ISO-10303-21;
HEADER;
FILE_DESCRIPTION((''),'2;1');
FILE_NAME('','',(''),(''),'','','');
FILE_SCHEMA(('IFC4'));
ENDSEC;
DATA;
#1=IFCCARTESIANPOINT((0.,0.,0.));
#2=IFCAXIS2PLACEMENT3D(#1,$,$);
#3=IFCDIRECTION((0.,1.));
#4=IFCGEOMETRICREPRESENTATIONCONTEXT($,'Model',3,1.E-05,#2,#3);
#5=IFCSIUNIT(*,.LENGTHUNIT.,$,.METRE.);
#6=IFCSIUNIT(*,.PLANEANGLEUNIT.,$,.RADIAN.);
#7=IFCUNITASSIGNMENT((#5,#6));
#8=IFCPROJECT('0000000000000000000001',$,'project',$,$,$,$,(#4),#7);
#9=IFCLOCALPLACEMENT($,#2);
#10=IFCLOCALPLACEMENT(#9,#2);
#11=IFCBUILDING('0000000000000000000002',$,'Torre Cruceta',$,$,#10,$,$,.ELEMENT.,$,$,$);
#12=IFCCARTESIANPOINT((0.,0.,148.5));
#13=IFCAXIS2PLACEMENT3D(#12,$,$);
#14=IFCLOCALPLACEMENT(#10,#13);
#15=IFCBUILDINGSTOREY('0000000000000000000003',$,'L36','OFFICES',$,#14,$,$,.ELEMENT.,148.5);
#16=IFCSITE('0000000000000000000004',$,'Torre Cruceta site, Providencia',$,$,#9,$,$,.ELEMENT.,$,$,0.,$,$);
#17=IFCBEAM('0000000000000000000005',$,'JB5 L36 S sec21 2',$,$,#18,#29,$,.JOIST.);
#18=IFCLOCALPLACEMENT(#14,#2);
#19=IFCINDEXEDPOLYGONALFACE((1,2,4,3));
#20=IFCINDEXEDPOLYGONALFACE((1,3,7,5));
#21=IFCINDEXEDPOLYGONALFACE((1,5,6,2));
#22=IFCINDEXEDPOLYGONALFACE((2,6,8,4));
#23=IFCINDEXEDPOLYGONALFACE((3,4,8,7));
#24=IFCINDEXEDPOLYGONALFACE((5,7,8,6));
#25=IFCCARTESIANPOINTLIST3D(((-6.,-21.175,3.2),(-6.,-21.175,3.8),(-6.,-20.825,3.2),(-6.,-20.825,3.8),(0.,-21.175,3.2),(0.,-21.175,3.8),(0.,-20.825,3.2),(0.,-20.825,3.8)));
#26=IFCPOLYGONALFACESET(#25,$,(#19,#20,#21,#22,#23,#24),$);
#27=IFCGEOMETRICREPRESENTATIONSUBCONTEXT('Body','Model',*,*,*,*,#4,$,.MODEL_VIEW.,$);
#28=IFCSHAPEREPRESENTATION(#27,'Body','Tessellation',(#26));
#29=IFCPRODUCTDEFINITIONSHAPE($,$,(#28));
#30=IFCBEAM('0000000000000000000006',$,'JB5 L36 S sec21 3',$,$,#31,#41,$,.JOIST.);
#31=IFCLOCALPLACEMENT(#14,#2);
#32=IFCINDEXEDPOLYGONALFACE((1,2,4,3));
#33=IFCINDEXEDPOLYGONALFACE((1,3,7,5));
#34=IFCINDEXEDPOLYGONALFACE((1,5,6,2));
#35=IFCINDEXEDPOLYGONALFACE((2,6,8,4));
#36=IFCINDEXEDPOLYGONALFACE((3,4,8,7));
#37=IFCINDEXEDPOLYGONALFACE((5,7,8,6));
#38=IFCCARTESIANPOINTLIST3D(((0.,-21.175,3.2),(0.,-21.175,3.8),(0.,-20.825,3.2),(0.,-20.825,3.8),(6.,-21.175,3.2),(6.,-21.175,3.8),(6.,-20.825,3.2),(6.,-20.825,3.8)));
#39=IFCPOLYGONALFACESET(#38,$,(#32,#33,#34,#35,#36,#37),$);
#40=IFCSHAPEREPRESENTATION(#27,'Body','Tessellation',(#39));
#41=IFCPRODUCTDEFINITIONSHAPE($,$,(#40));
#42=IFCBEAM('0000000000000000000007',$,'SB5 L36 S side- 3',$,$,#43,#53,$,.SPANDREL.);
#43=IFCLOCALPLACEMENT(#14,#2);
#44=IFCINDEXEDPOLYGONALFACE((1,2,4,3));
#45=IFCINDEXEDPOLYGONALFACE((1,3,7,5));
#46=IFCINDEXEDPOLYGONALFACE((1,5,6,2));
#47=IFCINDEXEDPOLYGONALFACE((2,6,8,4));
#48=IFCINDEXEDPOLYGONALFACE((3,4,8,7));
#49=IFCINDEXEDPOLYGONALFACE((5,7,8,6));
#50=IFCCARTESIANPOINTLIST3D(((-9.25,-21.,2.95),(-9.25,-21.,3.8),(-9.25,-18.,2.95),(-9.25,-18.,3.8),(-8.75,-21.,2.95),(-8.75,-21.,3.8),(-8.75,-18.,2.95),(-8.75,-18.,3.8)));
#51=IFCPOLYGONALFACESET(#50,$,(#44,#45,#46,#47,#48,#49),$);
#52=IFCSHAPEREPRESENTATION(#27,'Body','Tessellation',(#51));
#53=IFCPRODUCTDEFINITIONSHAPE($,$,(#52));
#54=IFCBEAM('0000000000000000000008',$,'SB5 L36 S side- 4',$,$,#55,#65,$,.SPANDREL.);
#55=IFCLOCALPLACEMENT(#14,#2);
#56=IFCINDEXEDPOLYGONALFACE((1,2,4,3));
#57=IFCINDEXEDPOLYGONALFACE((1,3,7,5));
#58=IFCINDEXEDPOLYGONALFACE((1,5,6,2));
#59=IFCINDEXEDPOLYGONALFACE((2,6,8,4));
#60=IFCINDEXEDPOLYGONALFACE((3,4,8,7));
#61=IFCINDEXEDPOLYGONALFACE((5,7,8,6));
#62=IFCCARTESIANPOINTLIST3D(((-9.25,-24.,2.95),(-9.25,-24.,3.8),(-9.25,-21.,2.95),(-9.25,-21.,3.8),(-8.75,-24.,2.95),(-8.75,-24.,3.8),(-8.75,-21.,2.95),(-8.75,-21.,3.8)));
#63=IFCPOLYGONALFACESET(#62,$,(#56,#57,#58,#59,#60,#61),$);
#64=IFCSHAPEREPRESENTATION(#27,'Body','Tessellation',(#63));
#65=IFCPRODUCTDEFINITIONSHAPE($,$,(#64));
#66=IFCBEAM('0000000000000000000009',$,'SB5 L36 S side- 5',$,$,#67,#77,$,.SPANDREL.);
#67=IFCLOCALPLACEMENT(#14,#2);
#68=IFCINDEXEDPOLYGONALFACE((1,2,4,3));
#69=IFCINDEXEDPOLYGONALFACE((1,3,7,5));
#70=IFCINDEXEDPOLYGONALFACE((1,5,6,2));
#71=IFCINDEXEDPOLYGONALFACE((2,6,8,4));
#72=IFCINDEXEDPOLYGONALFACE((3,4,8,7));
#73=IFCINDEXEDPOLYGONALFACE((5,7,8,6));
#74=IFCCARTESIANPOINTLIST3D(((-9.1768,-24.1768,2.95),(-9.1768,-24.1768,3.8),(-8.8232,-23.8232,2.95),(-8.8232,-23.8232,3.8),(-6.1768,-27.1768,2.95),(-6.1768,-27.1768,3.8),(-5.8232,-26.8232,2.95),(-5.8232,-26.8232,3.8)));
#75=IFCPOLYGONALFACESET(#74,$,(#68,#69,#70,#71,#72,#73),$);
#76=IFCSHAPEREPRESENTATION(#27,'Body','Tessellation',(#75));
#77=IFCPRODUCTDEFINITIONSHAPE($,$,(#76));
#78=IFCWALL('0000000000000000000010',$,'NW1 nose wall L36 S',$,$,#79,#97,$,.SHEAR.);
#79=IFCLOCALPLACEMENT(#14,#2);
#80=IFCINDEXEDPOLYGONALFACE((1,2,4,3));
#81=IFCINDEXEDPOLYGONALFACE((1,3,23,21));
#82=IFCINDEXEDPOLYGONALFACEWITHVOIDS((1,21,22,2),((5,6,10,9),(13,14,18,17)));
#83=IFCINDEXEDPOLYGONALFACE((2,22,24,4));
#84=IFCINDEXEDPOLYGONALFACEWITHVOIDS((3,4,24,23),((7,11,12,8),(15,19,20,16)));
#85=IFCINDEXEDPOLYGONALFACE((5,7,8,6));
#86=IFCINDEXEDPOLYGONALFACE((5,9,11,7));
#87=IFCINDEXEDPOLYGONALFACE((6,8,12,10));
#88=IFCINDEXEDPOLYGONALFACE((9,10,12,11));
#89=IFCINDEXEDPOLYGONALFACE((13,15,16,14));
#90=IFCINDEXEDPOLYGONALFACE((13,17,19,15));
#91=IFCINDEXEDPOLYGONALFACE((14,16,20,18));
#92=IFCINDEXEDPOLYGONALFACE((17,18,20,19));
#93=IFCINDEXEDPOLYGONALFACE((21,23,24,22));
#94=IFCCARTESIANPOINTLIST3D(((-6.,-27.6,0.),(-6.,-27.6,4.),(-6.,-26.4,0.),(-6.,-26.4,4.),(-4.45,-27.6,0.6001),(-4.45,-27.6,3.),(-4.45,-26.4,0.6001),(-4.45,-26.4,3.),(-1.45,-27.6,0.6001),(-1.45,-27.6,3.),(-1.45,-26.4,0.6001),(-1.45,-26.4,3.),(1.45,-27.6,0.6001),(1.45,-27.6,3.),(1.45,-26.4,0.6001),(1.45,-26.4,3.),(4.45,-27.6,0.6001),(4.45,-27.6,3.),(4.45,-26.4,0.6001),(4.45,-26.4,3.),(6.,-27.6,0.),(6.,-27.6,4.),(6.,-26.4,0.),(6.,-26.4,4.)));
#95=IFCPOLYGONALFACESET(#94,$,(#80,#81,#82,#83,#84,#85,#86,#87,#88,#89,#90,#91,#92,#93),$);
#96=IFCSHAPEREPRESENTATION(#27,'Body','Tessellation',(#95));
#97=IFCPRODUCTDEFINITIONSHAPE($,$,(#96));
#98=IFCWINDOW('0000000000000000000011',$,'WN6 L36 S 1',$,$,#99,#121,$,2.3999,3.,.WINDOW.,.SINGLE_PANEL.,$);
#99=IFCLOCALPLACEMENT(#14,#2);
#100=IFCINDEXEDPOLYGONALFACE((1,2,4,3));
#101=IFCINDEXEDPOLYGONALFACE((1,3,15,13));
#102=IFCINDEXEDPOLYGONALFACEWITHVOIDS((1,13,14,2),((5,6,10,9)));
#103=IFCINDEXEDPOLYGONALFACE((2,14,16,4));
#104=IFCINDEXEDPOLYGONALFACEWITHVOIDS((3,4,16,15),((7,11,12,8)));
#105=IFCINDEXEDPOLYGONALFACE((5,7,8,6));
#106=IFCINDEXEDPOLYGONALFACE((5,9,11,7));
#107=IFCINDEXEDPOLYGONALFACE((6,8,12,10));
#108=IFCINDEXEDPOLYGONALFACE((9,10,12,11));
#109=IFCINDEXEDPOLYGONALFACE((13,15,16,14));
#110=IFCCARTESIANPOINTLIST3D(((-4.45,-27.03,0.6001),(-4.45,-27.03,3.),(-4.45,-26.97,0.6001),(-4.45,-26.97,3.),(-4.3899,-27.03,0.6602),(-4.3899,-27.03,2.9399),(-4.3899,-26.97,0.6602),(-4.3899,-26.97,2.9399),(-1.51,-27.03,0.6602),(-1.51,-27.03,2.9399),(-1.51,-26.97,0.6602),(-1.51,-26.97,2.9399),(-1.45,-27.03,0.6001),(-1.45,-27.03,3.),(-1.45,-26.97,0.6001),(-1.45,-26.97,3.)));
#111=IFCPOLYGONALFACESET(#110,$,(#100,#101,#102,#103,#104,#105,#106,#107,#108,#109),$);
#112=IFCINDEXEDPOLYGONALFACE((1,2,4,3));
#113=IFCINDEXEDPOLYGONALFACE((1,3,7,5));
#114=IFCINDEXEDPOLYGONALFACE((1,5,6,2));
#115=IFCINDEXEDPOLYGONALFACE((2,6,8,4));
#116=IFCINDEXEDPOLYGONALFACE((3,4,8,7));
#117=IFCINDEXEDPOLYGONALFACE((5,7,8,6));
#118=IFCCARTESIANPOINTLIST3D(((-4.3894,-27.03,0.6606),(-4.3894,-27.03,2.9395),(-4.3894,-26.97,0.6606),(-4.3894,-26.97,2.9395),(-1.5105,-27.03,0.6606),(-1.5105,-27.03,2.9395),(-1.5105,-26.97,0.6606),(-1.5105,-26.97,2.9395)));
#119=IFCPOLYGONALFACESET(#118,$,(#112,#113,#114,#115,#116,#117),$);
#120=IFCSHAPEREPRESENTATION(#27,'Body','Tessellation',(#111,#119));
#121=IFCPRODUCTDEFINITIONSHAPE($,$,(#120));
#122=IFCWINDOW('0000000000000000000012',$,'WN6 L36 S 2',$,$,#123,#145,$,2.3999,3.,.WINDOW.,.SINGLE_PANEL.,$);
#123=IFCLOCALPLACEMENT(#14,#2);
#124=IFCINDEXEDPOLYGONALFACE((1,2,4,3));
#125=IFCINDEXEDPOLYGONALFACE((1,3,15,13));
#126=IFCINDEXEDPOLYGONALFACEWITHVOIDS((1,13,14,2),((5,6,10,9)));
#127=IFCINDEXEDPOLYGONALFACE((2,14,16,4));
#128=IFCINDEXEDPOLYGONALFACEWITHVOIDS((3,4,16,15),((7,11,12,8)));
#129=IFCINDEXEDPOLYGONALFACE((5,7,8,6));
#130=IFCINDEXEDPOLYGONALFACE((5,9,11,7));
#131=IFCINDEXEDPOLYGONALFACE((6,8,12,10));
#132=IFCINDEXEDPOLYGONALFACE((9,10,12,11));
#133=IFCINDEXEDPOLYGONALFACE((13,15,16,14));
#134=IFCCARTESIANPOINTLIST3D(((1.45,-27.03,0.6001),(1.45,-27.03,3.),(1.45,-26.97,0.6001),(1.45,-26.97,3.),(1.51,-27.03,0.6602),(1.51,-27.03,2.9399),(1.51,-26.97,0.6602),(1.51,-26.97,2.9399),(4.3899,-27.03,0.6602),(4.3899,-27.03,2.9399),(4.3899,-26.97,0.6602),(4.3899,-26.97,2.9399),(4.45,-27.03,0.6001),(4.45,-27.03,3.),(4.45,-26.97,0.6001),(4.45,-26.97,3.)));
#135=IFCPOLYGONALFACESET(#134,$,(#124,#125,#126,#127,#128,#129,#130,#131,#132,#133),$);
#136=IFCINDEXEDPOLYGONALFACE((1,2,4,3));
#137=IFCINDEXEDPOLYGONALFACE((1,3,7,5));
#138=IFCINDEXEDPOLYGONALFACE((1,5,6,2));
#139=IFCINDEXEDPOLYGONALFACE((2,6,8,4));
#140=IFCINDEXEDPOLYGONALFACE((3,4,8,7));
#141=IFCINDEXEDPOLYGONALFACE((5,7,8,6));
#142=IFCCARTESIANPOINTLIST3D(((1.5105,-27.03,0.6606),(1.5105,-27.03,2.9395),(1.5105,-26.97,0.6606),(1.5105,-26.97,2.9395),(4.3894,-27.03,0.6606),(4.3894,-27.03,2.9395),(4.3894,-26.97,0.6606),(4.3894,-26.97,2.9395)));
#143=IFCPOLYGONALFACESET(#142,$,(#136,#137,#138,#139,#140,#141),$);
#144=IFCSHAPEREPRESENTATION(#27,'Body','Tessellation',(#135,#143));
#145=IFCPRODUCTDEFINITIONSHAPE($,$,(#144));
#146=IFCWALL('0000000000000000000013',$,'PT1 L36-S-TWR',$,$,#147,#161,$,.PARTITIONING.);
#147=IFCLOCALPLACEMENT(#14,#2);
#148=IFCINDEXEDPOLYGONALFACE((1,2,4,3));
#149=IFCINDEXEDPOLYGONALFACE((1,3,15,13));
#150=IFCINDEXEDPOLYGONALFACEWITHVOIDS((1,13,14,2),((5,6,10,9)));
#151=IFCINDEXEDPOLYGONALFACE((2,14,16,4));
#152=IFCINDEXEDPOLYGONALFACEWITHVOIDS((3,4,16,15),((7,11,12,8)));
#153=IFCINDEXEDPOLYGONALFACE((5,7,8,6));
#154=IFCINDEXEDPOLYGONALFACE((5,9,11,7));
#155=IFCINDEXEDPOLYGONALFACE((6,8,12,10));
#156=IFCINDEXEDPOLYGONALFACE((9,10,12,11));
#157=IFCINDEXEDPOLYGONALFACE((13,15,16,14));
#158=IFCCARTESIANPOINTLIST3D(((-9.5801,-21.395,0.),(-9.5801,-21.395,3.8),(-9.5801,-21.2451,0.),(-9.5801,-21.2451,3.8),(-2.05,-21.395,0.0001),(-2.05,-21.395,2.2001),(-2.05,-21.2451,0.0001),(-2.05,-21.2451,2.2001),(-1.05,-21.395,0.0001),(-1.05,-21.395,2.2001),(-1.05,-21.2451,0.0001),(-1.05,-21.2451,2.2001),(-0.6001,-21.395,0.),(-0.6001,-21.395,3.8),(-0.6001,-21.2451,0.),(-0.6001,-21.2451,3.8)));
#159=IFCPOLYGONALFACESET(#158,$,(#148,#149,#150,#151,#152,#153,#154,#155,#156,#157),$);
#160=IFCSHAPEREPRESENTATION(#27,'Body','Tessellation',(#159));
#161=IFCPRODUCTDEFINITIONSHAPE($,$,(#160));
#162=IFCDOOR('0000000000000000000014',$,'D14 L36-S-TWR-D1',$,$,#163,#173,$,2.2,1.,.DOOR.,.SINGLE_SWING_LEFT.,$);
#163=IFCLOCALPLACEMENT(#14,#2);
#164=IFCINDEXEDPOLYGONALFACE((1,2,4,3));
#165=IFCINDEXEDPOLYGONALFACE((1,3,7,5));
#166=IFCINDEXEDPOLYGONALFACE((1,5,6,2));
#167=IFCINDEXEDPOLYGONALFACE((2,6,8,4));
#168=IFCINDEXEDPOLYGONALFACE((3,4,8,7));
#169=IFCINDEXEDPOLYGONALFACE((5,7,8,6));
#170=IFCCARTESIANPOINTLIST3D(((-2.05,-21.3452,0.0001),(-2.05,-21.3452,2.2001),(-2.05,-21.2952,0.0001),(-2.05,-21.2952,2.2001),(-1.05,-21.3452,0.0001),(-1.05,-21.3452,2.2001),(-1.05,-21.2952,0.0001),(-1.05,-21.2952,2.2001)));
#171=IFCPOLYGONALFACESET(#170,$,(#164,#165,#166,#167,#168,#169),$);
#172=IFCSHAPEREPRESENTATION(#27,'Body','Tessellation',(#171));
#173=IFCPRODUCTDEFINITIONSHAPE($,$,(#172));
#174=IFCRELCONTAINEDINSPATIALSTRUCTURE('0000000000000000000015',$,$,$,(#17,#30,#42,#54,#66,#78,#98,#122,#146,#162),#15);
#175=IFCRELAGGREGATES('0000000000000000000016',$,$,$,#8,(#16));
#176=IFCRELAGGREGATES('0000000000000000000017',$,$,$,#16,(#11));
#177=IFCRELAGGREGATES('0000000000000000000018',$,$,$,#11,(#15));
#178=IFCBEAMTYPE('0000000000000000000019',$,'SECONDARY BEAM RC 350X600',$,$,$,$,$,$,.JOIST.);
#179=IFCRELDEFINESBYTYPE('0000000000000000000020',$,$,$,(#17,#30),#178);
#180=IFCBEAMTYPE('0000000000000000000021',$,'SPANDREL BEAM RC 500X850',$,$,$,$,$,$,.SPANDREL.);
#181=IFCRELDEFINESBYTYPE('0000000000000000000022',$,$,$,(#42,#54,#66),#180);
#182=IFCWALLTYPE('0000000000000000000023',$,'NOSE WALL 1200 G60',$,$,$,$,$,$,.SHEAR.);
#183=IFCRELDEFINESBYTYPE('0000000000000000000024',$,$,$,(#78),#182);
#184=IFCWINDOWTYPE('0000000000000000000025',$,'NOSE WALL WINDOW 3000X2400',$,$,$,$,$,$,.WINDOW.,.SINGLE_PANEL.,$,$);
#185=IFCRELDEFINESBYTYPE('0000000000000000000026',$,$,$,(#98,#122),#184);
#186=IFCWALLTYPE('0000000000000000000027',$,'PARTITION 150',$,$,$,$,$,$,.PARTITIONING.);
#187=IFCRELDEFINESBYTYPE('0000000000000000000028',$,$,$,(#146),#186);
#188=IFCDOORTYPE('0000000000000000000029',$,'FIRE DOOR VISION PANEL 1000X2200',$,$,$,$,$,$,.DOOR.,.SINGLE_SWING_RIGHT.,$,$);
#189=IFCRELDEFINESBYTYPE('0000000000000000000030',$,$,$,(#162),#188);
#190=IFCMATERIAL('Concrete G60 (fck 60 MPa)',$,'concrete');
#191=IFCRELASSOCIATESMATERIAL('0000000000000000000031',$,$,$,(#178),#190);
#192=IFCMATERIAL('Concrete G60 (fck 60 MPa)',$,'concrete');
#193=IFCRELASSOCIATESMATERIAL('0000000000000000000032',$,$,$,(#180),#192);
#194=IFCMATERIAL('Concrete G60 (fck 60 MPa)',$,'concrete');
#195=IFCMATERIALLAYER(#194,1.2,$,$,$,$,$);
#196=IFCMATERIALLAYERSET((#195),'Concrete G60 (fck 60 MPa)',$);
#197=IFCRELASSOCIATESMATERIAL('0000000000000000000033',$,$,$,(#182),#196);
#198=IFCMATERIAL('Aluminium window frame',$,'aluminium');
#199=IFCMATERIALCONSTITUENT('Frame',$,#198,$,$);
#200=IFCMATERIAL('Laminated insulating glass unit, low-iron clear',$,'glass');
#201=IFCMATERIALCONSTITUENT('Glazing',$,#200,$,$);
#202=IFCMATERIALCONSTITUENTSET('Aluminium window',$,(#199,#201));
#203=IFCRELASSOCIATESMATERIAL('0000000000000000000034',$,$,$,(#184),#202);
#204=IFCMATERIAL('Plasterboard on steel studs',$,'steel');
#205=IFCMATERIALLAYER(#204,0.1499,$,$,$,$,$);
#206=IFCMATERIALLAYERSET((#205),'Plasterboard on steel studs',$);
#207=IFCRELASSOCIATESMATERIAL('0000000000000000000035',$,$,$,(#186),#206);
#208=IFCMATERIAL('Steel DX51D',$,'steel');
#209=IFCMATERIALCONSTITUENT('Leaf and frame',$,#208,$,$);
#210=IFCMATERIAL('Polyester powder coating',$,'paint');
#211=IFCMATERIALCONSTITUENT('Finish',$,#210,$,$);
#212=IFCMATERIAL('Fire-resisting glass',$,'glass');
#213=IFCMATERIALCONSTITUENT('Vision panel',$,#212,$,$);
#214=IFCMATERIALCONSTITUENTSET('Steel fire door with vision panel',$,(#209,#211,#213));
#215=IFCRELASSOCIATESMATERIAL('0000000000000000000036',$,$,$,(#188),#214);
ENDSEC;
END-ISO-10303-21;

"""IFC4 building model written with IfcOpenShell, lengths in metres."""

from ifc_helpers import new_model, si_unit, direction, frame, frame_2d, origin, origin_2d, place, context, subcontext, project, spatial, rectangle, hollow_rectangle, extrude, material, layer, layer_set, constituent, constituent_set, material_profile, profile_set, type_object, element, fill, save


model = new_model("IFC4")

# Units and contexts
model_context = context("Model", 3, precision=1e-05, world=origin(), true_north=direction((0.0, 1.0)))
body_context = subcontext(model_context, "Body", "Model", "MODEL_VIEW")
ifc_project = project(units=[si_unit("LENGTHUNIT", "METRE"), si_unit("PLANEANGLEUNIT", "RADIAN")], contexts=[model_context])

# Site, building, storey
site_placement = place(None, origin())
site = spatial("IfcSite", under=ifc_project, at=site_placement, Name="Torre Cruceta site, Providencia", CompositionType="ELEMENT", RefElevation=0.0)
building_placement = place(site_placement, origin())
building = spatial("IfcBuilding", under=site, at=building_placement, Name="Torre Cruceta", CompositionType="ELEMENT")
storey_placement = place(building_placement, frame((0.0, 0.0, 148.5)))
storey = spatial("IfcBuildingStorey", under=building, at=storey_placement, Name="L36", Description="OFFICES", CompositionType="ELEMENT", Elevation=148.5)

# Beams
ifc_material_1 = material(Name="Concrete G60 (fck 60 MPa)", Category="concrete")
ifc_material_profile_1 = material_profile(ifc_material_1, rectangle(XDim=0.3501, YDim=0.6001, at=origin_2d()), Name="RC 350X600")
ifc_profile_set_1 = profile_set([ifc_material_profile_1], Name="Concrete G60 (fck 60 MPa)")
beam_type_1 = type_object("IfcBeamType", Name="SECONDARY BEAM RC 350X600", PredefinedType="JOIST", material=ifc_profile_set_1)
for number, where, z_axis, x_axis, name in (
    (1, (-6.0, -21.0, 3.5), (1.0, 0.0, 0.0), (0.0, 1.0, 0.0), "JB5 L36 S sec21 2"),
    (2, (0.0, -21.0, 3.5), (1.0, 0.0, 0.0), (0.0, 1.0, 0.0), "JB5 L36 S sec21 3"),
):
    element("IfcBeam", number, at=place(storey_placement, frame(where, z_axis=z_axis, x_axis=x_axis)), inside=storey, type_object=beam_type_1, Name=name, PredefinedType="JOIST", context=body_context, shape_type="SweptSolid", body=[
        extrude(rectangle(XDim=0.3501, YDim=0.6001, at=origin_2d()), origin(), (0.0, 0.0, 1.0), 6.0),
    ])
ifc_material_2 = material(Name="Concrete G60 (fck 60 MPa)", Category="concrete")
ifc_material_profile_2 = material_profile(ifc_material_2, rectangle(XDim=0.5, YDim=0.8501, at=origin_2d()), Name="RC 500X850")
ifc_profile_set_2 = profile_set([ifc_material_profile_2], Name="Concrete G60 (fck 60 MPa)")
beam_type_2 = type_object("IfcBeamType", Name="SPANDREL BEAM RC 500X850", PredefinedType="SPANDREL", material=ifc_profile_set_2)
for number, where, z_axis, x_axis, name in (
    (3, (-9.0, -18.0, 3.375), (0.0, -1.0, 0.0), (1.0, 0.0, 0.0), "SB5 L36 S side- 3"),
    (4, (-9.0, -21.0, 3.375), (0.0, -1.0, 0.0), (1.0, 0.0, 0.0), "SB5 L36 S side- 4"),
):
    element("IfcBeam", number, at=place(storey_placement, frame(where, z_axis=z_axis, x_axis=x_axis)), inside=storey, type_object=beam_type_2, Name=name, PredefinedType="SPANDREL", context=body_context, shape_type="SweptSolid", body=[
        extrude(rectangle(XDim=0.5, YDim=0.8501, at=origin_2d()), origin(), (0.0, 0.0, 1.0), 3.0),
    ])
beam_1_placement = place(storey_placement, frame((-9.0, -24.0, 3.375), z_axis=(0.707107, -0.707107, 0.0), x_axis=(0.707107, 0.707107, 0.0)))
element("IfcBeam", 5, at=beam_1_placement, inside=storey, type_object=beam_type_2, Name="SB5 L36 S side- 5", PredefinedType="SPANDREL", context=body_context, shape_type="SweptSolid", body=[
    extrude(rectangle(XDim=0.5, YDim=0.8501, at=origin_2d()), origin(), (0.0, 0.0, 1.0), 4.2427),
])

# Wall, openings, windows
ifc_material_3 = material(Name="Concrete G60 (fck 60 MPa)", Category="concrete")
ifc_layer_1 = layer(ifc_material_3, 1.2)
ifc_layer_set_1 = layer_set([ifc_layer_1], Name="Concrete G60 (fck 60 MPa)")
wall_type_1 = type_object("IfcWallType", Name="NOSE WALL 1200 G60", PredefinedType="SHEAR", material=ifc_layer_set_1)
wall_1_placement = place(storey_placement, frame((-6.0, -27.0, 0.0), z_axis=(0.0, 0.0, 1.0), x_axis=(1.0, 0.0, 0.0)))
wall_1 = element("IfcWall", 6, at=wall_1_placement, inside=storey, type_object=wall_type_1, Name="NW1 nose wall L36 S", PredefinedType="SHEAR", context=body_context, shape_type="SweptSolid", body=[
    extrude(rectangle(XDim=12.0, YDim=1.2, at=frame_2d((6.0, 0.0))), origin(), (0.0, 0.0, 1.0), 4.0),
])
opening_1_placement = place(wall_1_placement, frame((1.55, 0.0, 0.6001)))
opening_1 = element("IfcOpeningElement", 7, at=opening_1_placement, cuts=wall_1, PredefinedType="OPENING", context=body_context, shape_type="SweptSolid", body=[
    extrude(rectangle(XDim=3.0, YDim=2.3999, at=frame_2d((1.5, 1.2))), frame((0.0, 0.6099, 0.0), z_axis=(0.0, -1.0, 0.0), x_axis=(1.0, 0.0, 0.0)), (0.0, 0.0, 1.0), 1.22),
])
opening_2_placement = place(wall_1_placement, frame((7.45, 0.0, 0.6001)))
opening_2 = element("IfcOpeningElement", 8, at=opening_2_placement, cuts=wall_1, PredefinedType="OPENING", context=body_context, shape_type="SweptSolid", body=[
    extrude(rectangle(XDim=3.0, YDim=2.3999, at=frame_2d((1.5, 1.2))), frame((0.0, 0.6099, 0.0), z_axis=(0.0, -1.0, 0.0), x_axis=(1.0, 0.0, 0.0)), (0.0, 0.0, 1.0), 1.22),
])
ifc_material_4 = material(Name="Aluminium window frame", Category="aluminium")
ifc_constituent_1 = constituent(ifc_material_4, Name="Frame")
ifc_material_5 = material(Name="Laminated insulating glass unit, low-iron clear", Category="glass")
ifc_constituent_2 = constituent(ifc_material_5, Name="Glazing")
ifc_constituent_set_1 = constituent_set(constituents=[ifc_constituent_1, ifc_constituent_2], Name="Aluminium window")
window_type = type_object("IfcWindowType", Name="NOSE WALL WINDOW 3000X2400", PartitioningType="SINGLE_PANEL", PredefinedType="WINDOW", material=ifc_constituent_set_1)
window_1_placement = place(opening_1_placement, origin())
window_1 = element("IfcWindow", 9, at=window_1_placement, inside=storey, type_object=window_type, Name="WN6 L36 S 1", OverallHeight=2.3999, OverallWidth=3.0, PartitioningType="SINGLE_PANEL", PredefinedType="WINDOW", context=body_context, shape_type="SweptSolid", body=[
    extrude(hollow_rectangle(XDim=3.0, YDim=2.3999, WallThickness=0.0601, at=frame_2d((1.5, 1.2))), frame((0.0, 0.03, 0.0), z_axis=(0.0, -1.0, 0.0), x_axis=(1.0, 0.0, 0.0)), (0.0, 0.0, 1.0), 0.0601),
    extrude(rectangle(XDim=2.8789, YDim=2.2788, at=frame_2d((1.5, 1.2))), frame((0.0, 0.03, 0.0), z_axis=(0.0, -1.0, 0.0), x_axis=(1.0, 0.0, 0.0)), (0.0, 0.0, 1.0), 0.0601),
])
fill(opening_1, window_1)
window_2_placement = place(opening_2_placement, origin())
window_2 = element("IfcWindow", 10, at=window_2_placement, inside=storey, type_object=window_type, Name="WN6 L36 S 2", OverallHeight=2.3999, OverallWidth=3.0, PartitioningType="SINGLE_PANEL", PredefinedType="WINDOW", context=body_context, shape_type="SweptSolid", body=[
    extrude(hollow_rectangle(XDim=3.0, YDim=2.3999, WallThickness=0.0601, at=frame_2d((1.5, 1.2))), frame((0.0, 0.03, 0.0), z_axis=(0.0, -1.0, 0.0), x_axis=(1.0, 0.0, 0.0)), (0.0, 0.0, 1.0), 0.0601),
    extrude(rectangle(XDim=2.8789, YDim=2.2788, at=frame_2d((1.5, 1.2))), frame((0.0, 0.03, 0.0), z_axis=(0.0, -1.0, 0.0), x_axis=(1.0, 0.0, 0.0)), (0.0, 0.0, 1.0), 0.0601),
])
fill(opening_2, window_2)

# Wall, opening, door
ifc_material_6 = material(Name="Plasterboard on steel studs", Category="steel")
ifc_layer_2 = layer(ifc_material_6, 0.1499)
ifc_layer_set_2 = layer_set([ifc_layer_2], Name="Plasterboard on steel studs")
wall_type_2 = type_object("IfcWallType", Name="PARTITION 150", PredefinedType="PARTITIONING", material=ifc_layer_set_2)
wall_2_placement = place(storey_placement, frame((-9.5801, -21.3201, 0.0), z_axis=(0.0, 0.0, 1.0), x_axis=(1.0, 0.0, 0.0)))
wall_2 = element("IfcWall", 11, at=wall_2_placement, inside=storey, type_object=wall_type_2, Name="PT1 L36-S-TWR", PredefinedType="PARTITIONING", context=body_context, shape_type="SweptSolid", body=[
    extrude(rectangle(XDim=8.98, YDim=0.1499, at=frame_2d((4.49, 0.0))), origin(), (0.0, 0.0, 1.0), 3.8),
])
opening_3_placement = place(wall_2_placement, frame((7.53, 0.0, 0.0)))
opening_3 = element("IfcOpeningElement", 12, at=opening_3_placement, cuts=wall_2, PredefinedType="OPENING", context=body_context, shape_type="SweptSolid", body=[
    extrude(rectangle(XDim=1.0, YDim=2.2, at=frame_2d((0.5, 1.1001))), frame((0.0, 0.085, 0.0), z_axis=(0.0, -1.0, 0.0), x_axis=(1.0, 0.0, 0.0)), (0.0, 0.0, 1.0), 0.1699),
])
ifc_material_7 = material(Name="Steel DX51D", Category="steel")
ifc_constituent_3 = constituent(ifc_material_7, Name="Leaf and frame")
ifc_material_8 = material(Name="Polyester powder coating", Category="paint")
ifc_constituent_4 = constituent(ifc_material_8, Name="Finish")
ifc_material_9 = material(Name="Fire-resisting glass", Category="glass")
ifc_constituent_5 = constituent(ifc_material_9, Name="Vision panel")
ifc_constituent_set_2 = constituent_set(constituents=[ifc_constituent_3, ifc_constituent_4, ifc_constituent_5], Name="Steel fire door with vision panel")
door_type = type_object("IfcDoorType", Name="FIRE DOOR VISION PANEL 1000X2200", OperationType="SINGLE_SWING_RIGHT", PredefinedType="DOOR", material=ifc_constituent_set_2)
door_placement = place(opening_3_placement, frame((1.0, 0.0, 0.0), z_axis=(0.0, 0.0, 1.0), x_axis=(-1.0, 0.0, 0.0)))
door = element("IfcDoor", 13, at=door_placement, inside=storey, type_object=door_type, Name="D14 L36-S-TWR-D1", OperationType="SINGLE_SWING_LEFT", OverallHeight=2.2, OverallWidth=1.0, PredefinedType="DOOR", context=body_context, shape_type="SweptSolid", body=[
    extrude(rectangle(XDim=1.0, YDim=2.2, at=frame_2d((0.5, 1.1001))), frame((0.0, 0.0251, 0.0), z_axis=(0.0, -1.0, 0.0), x_axis=(1.0, 0.0, 0.0)), (0.0, 0.0, 1.0), 0.05),
])
fill(opening_3, door)

save(model, "model.ifc")
